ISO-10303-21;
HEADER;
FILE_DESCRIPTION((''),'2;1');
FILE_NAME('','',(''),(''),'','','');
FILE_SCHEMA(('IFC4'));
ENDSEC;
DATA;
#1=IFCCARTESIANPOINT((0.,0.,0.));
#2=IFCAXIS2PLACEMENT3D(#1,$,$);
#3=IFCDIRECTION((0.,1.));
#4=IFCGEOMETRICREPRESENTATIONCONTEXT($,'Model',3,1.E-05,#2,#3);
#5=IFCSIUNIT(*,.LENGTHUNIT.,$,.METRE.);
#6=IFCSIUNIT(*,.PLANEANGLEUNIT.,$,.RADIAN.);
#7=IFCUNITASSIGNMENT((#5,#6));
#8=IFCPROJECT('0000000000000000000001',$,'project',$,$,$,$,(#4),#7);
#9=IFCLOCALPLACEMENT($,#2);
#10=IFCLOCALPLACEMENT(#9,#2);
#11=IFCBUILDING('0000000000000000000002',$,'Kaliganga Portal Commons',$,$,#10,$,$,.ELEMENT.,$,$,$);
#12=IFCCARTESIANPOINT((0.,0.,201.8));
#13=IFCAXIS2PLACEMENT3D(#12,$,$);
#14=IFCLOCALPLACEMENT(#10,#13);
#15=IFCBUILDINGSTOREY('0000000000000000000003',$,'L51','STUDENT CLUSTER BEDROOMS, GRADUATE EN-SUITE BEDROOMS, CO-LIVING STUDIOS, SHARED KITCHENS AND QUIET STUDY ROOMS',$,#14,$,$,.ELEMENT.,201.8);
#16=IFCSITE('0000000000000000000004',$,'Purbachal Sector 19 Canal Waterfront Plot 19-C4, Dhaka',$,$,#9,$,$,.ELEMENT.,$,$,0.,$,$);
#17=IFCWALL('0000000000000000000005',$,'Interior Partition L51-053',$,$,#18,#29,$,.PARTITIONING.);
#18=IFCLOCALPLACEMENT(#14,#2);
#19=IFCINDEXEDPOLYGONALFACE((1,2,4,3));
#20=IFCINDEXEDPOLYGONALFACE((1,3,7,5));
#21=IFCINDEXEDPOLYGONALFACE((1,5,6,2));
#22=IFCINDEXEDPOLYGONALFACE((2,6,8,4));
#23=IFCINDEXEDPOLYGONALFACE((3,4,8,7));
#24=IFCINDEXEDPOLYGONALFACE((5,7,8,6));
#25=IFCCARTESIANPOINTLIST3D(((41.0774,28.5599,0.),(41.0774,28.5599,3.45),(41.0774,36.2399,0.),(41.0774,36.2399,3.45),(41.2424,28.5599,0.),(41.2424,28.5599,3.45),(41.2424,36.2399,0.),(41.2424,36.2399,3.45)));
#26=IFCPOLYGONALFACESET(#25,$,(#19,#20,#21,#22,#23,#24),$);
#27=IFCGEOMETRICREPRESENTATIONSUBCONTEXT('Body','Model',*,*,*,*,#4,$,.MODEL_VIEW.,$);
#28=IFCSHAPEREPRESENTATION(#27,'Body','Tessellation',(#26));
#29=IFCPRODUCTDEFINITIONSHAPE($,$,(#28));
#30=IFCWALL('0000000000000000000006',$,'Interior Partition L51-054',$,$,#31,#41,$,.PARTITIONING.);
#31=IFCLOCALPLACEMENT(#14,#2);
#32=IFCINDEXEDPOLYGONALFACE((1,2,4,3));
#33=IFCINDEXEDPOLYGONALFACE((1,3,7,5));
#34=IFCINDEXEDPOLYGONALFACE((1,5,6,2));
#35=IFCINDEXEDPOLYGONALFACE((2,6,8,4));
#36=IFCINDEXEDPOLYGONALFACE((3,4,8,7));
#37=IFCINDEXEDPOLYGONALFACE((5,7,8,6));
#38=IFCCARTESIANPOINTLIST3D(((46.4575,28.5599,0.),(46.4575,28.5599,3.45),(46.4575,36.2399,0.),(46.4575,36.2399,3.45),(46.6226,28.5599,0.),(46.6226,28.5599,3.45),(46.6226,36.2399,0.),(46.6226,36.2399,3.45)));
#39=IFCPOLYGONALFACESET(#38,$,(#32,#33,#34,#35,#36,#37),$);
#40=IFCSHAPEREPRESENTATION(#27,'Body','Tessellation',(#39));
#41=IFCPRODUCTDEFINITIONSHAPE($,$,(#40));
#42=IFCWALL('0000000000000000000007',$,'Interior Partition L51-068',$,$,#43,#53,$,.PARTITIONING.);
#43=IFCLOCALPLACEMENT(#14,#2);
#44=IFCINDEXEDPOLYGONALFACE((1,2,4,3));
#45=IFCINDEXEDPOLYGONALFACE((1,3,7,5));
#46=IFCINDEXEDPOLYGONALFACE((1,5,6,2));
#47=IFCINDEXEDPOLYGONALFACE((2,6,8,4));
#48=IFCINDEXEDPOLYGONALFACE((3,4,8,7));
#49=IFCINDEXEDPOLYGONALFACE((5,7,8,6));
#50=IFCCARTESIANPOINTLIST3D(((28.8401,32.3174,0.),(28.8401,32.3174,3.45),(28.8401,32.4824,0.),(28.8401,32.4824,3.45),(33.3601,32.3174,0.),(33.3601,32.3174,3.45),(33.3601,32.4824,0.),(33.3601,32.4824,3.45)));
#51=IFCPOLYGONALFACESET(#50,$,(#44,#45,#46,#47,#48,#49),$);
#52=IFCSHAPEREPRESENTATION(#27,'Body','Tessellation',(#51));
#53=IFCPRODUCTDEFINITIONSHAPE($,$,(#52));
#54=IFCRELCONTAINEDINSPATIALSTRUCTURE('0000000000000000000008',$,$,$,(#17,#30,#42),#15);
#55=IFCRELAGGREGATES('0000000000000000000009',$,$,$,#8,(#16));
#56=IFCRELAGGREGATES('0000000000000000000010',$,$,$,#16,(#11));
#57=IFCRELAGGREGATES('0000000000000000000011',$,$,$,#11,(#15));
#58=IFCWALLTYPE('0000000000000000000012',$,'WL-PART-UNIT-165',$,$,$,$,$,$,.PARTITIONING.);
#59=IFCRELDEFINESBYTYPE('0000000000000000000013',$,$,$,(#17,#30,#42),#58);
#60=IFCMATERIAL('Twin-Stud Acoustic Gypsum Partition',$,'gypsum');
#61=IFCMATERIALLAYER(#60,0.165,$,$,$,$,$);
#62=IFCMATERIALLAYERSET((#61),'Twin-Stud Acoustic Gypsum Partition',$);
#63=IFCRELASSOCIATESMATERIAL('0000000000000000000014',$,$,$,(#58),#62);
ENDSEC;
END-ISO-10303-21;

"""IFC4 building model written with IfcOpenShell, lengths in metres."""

from ifc_helpers import new_model, si_unit, direction, frame, frame_2d, origin, place, context, subcontext, project, spatial, rectangle, extrude, material, layer, layer_set, type_object, element, save


model = new_model("IFC4")

# Units and contexts
model_context = context("Model", 3, precision=1e-05, world=origin(), true_north=direction((0.0, 1.0)))
body_context = subcontext(model_context, "Body", "Model", "MODEL_VIEW")
ifc_project = project(units=[si_unit("LENGTHUNIT", "METRE"), si_unit("PLANEANGLEUNIT", "RADIAN")], contexts=[model_context])

# Site, building, storey
site_placement = place(None, origin())
site = spatial("IfcSite", under=ifc_project, at=site_placement, Name="Purbachal Sector 19 Canal Waterfront Plot 19-C4, Dhaka", CompositionType="ELEMENT", RefElevation=0.0)
building_placement = place(site_placement, origin())
building = spatial("IfcBuilding", under=site, at=building_placement, Name="Kaliganga Portal Commons", CompositionType="ELEMENT")
storey_placement = place(building_placement, frame((0.0, 0.0, 201.8)))
storey = spatial("IfcBuildingStorey", under=building, at=storey_placement, Name="L51", Description="STUDENT CLUSTER BEDROOMS, GRADUATE EN-SUITE BEDROOMS, CO-LIVING STUDIOS, SHARED KITCHENS AND QUIET STUDY ROOMS", CompositionType="ELEMENT", Elevation=201.8)

# Walls
ifc_material_1 = material(Name="Twin-Stud Acoustic Gypsum Partition", Category="gypsum")
ifc_layer_1 = layer(ifc_material_1, 0.165)
ifc_layer_set_1 = layer_set([ifc_layer_1], Name="Twin-Stud Acoustic Gypsum Partition")
wall_type_1 = type_object("IfcWallType", Name="WL-PART-UNIT-165", PredefinedType="PARTITIONING", material=ifc_layer_set_1)
for number, where, z_axis, x_axis, name in (
    (1, (41.1599, 28.5601, 0.0), (0.0, 0.0, 1.0), (0.0, 1.0, 0.0), "Interior Partition L51-053"),
    (2, (46.54, 28.5601, 0.0), (0.0, 0.0, 1.0), (0.0, 1.0, 0.0), "Interior Partition L51-054"),
):
    element("IfcWall", number, at=place(storey_placement, frame(where, z_axis=z_axis, x_axis=x_axis)), inside=storey, type_object=wall_type_1, Name=name, PredefinedType="PARTITIONING", context=body_context, shape_type="SweptSolid", body=[
        extrude(rectangle(XDim=7.6799, YDim=0.165, at=frame_2d((3.8398, 0.0))), origin(), (0.0, 0.0, 1.0), 3.45),
    ])
wall_1_placement = place(storey_placement, frame((28.8401, 32.3999, 0.0), z_axis=(0.0, 0.0, 1.0), x_axis=(1.0, 0.0, 0.0)))
element("IfcWall", 3, at=wall_1_placement, inside=storey, type_object=wall_type_1, Name="Interior Partition L51-068", PredefinedType="PARTITIONING", context=body_context, shape_type="SweptSolid", body=[
    extrude(rectangle(XDim=4.52, YDim=0.165, at=frame_2d((2.26, 0.0))), origin(), (0.0, 0.0, 1.0), 3.45),
])

save(model, "model.ifc")
